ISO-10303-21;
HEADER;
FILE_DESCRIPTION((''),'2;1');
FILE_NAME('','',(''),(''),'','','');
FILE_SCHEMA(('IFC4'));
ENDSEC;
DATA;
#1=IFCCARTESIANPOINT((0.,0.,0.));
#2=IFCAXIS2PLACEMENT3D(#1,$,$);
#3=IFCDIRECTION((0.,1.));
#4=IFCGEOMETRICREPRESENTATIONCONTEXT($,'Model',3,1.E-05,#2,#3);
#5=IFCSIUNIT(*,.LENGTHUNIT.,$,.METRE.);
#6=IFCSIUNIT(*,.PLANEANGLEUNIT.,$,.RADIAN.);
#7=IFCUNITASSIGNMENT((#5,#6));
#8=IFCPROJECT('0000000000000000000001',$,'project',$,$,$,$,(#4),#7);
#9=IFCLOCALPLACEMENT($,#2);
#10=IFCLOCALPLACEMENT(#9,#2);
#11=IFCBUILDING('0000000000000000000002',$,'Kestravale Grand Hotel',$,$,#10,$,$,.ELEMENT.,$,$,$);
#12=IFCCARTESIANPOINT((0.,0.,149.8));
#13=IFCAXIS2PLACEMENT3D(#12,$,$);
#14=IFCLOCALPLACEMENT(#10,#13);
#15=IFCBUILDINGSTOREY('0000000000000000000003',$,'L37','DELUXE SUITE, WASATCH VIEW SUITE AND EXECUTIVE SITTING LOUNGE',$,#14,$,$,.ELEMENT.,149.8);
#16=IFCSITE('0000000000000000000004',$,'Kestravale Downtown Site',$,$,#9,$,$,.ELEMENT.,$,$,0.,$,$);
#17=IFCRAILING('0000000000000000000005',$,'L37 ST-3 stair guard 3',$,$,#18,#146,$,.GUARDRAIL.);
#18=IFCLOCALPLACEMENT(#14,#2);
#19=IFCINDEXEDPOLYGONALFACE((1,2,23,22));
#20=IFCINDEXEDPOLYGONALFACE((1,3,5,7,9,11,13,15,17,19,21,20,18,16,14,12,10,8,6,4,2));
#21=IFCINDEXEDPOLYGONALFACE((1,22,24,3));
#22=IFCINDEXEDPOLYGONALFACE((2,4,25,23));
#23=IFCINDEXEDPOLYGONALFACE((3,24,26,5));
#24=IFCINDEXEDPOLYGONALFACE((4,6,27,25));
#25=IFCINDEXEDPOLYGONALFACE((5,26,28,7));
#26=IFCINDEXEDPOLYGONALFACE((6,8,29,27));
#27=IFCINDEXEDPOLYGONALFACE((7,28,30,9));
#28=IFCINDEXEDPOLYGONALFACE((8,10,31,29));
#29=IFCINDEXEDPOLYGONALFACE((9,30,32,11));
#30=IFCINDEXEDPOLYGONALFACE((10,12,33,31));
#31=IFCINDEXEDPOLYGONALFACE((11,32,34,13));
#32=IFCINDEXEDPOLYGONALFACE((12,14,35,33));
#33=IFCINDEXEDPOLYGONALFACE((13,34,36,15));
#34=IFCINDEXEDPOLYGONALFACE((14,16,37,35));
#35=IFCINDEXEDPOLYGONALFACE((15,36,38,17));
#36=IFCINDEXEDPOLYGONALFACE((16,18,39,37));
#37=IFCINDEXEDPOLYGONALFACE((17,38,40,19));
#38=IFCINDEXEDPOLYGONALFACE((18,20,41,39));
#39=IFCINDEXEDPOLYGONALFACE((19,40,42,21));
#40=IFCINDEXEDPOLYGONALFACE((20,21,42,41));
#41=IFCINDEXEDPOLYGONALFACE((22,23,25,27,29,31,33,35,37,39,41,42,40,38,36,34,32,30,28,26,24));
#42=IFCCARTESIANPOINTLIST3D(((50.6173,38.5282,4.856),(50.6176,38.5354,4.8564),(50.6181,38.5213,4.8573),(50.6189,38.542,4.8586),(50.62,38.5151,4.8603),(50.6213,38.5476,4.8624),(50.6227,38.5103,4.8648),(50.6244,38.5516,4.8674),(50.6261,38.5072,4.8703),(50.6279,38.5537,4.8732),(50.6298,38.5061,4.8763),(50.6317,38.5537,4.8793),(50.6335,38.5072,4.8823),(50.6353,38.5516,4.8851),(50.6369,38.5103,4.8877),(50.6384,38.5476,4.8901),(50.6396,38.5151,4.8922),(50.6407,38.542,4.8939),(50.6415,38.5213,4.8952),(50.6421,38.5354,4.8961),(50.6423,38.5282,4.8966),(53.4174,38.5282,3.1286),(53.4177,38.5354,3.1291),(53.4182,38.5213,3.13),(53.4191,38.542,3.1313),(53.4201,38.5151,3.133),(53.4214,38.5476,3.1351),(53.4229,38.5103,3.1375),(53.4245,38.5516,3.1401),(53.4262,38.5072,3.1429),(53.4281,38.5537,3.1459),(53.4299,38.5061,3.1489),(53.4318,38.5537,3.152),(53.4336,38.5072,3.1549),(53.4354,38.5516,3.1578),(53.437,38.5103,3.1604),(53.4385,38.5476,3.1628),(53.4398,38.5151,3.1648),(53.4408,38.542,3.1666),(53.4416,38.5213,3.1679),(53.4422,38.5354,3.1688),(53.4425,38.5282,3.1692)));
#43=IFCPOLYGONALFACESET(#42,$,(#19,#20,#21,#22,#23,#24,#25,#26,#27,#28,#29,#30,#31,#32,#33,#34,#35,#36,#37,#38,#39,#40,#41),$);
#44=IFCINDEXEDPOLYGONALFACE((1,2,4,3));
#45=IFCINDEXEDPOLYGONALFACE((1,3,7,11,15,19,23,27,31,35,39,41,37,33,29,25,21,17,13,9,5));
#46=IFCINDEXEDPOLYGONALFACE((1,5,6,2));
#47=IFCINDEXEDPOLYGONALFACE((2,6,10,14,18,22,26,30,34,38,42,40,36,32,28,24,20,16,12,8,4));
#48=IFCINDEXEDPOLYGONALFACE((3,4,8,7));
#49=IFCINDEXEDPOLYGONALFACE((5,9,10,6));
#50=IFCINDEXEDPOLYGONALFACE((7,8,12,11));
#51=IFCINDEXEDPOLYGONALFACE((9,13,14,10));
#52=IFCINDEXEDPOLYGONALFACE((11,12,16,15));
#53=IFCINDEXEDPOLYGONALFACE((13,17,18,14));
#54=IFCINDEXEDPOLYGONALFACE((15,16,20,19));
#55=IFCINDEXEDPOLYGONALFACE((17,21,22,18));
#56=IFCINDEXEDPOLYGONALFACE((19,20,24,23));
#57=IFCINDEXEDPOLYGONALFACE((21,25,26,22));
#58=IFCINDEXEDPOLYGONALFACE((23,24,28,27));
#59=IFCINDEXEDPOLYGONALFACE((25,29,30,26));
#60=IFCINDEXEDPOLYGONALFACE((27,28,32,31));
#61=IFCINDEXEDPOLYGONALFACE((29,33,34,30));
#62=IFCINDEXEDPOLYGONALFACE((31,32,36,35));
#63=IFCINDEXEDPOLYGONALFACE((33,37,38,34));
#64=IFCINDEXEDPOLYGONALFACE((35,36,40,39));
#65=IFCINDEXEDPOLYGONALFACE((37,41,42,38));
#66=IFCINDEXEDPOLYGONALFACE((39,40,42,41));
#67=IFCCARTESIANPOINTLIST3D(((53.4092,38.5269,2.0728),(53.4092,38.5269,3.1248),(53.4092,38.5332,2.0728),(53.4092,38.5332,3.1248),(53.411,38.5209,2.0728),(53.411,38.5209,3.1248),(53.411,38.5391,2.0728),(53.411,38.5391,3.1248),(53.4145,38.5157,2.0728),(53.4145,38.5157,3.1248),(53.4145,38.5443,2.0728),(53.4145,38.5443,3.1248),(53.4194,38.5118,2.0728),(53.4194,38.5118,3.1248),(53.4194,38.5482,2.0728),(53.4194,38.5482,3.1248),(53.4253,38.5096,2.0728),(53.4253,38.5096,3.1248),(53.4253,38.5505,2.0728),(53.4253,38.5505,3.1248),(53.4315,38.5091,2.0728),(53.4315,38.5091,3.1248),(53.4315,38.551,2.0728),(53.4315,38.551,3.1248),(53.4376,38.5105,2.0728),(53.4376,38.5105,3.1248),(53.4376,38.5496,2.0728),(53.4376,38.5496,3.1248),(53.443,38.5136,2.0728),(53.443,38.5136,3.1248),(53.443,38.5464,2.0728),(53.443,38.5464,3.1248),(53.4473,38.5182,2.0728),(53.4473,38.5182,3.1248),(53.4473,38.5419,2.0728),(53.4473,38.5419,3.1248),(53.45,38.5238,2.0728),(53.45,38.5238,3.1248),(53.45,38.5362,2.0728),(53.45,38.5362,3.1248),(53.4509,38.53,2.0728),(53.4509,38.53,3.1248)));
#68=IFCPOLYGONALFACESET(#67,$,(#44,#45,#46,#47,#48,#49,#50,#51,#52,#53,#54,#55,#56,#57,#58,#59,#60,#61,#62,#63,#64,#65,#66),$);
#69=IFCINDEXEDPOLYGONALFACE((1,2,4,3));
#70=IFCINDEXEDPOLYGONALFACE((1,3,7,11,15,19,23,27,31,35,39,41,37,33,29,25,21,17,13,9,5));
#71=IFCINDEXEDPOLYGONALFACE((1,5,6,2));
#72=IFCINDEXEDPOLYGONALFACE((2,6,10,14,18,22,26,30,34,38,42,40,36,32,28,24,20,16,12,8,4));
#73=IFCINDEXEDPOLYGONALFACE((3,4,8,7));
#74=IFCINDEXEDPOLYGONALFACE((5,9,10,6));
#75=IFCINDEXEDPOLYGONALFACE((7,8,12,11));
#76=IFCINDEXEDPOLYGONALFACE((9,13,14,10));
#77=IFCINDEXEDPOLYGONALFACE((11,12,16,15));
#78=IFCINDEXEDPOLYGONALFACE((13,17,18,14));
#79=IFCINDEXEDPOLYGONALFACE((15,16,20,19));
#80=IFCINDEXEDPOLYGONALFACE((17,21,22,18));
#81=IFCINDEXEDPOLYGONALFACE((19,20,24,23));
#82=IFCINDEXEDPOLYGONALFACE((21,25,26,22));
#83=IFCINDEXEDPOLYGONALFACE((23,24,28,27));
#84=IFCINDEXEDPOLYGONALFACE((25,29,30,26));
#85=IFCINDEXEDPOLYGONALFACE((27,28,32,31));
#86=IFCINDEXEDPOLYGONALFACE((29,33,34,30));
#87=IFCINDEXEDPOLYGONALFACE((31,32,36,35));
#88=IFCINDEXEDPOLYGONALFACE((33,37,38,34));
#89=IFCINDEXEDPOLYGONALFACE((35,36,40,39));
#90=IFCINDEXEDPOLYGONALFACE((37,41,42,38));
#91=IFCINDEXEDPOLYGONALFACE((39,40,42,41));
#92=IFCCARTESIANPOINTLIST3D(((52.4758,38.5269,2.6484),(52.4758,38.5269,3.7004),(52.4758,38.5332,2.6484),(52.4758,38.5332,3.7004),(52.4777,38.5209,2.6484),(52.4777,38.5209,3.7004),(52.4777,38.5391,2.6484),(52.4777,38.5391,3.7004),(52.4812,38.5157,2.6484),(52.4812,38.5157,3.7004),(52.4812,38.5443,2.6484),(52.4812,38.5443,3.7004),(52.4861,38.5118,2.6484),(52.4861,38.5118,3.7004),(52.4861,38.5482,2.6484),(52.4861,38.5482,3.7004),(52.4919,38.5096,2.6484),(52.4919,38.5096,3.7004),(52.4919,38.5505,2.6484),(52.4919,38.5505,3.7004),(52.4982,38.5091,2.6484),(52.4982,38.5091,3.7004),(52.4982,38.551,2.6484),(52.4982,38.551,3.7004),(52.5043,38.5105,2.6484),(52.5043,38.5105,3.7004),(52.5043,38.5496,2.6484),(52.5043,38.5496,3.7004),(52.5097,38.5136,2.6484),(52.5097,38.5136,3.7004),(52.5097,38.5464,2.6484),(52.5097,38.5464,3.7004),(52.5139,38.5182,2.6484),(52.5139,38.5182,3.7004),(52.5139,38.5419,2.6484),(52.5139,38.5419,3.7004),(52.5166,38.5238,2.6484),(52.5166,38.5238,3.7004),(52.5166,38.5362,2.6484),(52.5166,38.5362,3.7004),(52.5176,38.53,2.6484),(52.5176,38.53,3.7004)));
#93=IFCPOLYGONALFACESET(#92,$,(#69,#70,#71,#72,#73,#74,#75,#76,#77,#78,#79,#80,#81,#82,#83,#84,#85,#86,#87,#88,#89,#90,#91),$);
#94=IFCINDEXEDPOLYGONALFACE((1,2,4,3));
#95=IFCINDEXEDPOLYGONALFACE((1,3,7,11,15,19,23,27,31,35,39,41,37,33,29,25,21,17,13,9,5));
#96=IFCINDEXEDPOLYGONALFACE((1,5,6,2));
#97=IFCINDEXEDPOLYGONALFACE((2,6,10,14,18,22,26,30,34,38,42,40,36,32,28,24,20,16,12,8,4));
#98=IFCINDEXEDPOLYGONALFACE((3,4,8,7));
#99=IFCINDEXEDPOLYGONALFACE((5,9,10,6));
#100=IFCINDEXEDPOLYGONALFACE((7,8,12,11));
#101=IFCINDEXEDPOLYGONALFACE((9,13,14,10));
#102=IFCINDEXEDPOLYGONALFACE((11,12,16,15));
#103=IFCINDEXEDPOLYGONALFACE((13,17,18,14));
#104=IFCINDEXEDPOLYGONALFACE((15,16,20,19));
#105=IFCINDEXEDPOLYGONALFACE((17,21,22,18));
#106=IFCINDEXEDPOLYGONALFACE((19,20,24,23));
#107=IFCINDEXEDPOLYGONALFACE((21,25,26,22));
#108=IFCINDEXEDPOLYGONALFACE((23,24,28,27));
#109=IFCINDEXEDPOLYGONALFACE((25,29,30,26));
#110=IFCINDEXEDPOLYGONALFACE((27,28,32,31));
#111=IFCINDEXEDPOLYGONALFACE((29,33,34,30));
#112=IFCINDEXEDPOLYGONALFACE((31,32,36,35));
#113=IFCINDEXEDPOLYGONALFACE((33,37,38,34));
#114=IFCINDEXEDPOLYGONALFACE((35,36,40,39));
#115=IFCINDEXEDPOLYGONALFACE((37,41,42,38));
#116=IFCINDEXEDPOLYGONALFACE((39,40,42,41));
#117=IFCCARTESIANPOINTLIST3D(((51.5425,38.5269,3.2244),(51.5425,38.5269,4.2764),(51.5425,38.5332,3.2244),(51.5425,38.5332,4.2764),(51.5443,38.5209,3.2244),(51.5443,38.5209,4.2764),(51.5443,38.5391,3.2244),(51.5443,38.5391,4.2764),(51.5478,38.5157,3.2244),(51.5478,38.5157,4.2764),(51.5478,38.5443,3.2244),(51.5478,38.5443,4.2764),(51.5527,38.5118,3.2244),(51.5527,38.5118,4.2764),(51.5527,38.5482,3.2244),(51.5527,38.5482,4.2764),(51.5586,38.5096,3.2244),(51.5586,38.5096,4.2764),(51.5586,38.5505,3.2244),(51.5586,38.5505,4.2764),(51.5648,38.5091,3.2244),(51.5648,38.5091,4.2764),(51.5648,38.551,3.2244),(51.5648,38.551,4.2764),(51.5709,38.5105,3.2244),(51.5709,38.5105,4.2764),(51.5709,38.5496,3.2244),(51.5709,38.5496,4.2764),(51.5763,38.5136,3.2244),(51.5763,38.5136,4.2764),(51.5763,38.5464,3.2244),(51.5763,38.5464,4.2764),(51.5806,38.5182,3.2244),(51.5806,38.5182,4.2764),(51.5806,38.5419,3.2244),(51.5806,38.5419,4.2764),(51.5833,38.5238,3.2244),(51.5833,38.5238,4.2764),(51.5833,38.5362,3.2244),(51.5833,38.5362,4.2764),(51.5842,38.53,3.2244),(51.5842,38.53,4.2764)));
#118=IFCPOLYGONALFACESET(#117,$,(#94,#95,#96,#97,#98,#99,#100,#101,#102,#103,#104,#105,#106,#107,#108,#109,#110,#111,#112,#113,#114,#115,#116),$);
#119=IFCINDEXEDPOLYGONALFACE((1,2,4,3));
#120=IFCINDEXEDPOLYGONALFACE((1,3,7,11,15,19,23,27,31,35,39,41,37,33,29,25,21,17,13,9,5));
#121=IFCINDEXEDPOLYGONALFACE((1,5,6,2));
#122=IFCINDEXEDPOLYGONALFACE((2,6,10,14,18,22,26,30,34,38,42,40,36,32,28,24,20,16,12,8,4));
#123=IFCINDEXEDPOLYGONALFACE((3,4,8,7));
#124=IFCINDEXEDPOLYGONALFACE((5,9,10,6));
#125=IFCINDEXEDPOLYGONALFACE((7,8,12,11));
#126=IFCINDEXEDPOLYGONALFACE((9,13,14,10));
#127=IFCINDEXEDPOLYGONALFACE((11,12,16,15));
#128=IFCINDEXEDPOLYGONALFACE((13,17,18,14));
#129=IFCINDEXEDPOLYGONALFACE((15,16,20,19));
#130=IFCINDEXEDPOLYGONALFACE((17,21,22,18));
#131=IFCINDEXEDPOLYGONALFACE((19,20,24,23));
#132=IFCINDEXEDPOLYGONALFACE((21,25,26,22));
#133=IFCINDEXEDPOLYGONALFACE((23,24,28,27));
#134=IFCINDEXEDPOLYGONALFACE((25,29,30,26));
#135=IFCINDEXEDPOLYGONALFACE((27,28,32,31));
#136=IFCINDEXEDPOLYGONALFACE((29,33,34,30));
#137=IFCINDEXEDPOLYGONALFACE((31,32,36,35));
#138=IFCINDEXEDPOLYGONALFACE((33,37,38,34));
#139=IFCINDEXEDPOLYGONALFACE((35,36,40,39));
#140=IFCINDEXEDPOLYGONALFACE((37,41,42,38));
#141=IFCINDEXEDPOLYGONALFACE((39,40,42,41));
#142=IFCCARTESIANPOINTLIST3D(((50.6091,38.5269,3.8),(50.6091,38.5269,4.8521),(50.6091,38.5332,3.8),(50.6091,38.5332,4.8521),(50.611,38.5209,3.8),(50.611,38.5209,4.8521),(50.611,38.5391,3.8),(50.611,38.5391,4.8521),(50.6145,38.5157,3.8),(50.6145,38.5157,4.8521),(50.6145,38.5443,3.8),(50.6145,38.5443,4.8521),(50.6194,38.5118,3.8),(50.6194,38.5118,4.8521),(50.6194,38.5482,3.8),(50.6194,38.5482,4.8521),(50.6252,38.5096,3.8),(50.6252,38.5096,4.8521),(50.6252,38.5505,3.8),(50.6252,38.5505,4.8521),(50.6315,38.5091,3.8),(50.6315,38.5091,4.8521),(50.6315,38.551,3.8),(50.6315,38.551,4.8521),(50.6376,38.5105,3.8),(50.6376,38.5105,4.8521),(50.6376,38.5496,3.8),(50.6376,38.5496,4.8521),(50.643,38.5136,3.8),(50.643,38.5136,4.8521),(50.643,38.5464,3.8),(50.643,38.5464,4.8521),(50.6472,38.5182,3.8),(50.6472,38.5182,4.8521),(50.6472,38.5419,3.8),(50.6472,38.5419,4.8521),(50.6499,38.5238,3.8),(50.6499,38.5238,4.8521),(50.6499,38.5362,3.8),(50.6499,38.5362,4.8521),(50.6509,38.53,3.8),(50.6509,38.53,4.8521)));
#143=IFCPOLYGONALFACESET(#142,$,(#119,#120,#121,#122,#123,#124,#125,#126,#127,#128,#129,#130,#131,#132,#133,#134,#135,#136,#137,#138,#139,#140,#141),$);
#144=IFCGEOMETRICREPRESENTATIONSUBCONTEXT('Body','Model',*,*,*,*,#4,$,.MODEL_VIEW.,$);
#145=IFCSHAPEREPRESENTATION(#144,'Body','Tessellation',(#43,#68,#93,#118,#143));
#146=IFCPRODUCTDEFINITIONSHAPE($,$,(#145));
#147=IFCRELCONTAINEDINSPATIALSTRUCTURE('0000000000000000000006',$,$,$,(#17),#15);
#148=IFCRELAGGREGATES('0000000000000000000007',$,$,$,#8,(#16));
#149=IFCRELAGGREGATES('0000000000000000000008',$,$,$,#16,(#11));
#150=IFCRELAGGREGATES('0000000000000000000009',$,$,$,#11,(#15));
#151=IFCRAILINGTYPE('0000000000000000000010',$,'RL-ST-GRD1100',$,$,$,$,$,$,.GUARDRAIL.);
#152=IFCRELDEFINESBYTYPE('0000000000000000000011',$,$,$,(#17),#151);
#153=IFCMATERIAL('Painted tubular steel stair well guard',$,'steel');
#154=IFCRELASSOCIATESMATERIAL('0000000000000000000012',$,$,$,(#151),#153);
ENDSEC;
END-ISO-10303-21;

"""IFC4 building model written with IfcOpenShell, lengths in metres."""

from ifc_helpers import new_model, si_unit, direction, frame, origin, origin_2d, place, context, subcontext, project, spatial, circle, extrude, material, type_object, element, save


model = new_model("IFC4")

# Units and contexts
model_context = context("Model", 3, precision=1e-05, world=origin(), true_north=direction((0.0, 1.0)))
body_context = subcontext(model_context, "Body", "Model", "MODEL_VIEW")
ifc_project = project(units=[si_unit("LENGTHUNIT", "METRE"), si_unit("PLANEANGLEUNIT", "RADIAN")], contexts=[model_context])

# Site, building, storey
site_placement = place(None, origin())
site = spatial("IfcSite", under=ifc_project, at=site_placement, Name="Kestravale Downtown Site", CompositionType="ELEMENT", RefElevation=0.0)
building_placement = place(site_placement, origin())
building = spatial("IfcBuilding", under=site, at=building_placement, Name="Kestravale Grand Hotel", CompositionType="ELEMENT")
storey_placement = place(building_placement, frame((0.0, 0.0, 149.8)))
storey = spatial("IfcBuildingStorey", under=building, at=storey_placement, Name="L37", Description="DELUXE SUITE, WASATCH VIEW SUITE AND EXECUTIVE SITTING LOUNGE", CompositionType="ELEMENT", Elevation=149.8)

# Railing
ifc_material_1 = material(Name="Painted tubular steel stair well guard", Category="steel")
railing_type_1 = type_object("IfcRailingType", Name="RL-ST-GRD1100", PredefinedType="GUARDRAIL", material=ifc_material_1)
railing_1_placement = place(storey_placement, frame((53.4299, 38.53, 2.0728)))
element("IfcRailing", 1, at=railing_1_placement, inside=storey, type_object=railing_type_1, Name="L37 ST-3 stair guard 3", PredefinedType="GUARDRAIL", context=body_context, shape_type="SweptSolid", body=[
    extrude(circle(Radius=0.0239, at=origin_2d()), frame((0.0, 0.0, 1.0762), z_axis=(-0.85109, 0.0, 0.52502), x_axis=(0.0, -1.0, 0.0)), (0.0, 0.0, 1.0), 3.29),
    extrude(circle(Radius=0.021, at=origin_2d()), origin(), (0.0, 0.0, 1.0), 1.052),
    extrude(circle(Radius=0.021, at=origin_2d()), frame((-0.9333, 0.0, 0.5757)), (0.0, 0.0, 1.0), 1.052),
    extrude(circle(Radius=0.021, at=origin_2d()), frame((-1.8667, 0.0, 1.1516)), (0.0, 0.0, 1.0), 1.052),
    extrude(circle(Radius=0.021, at=origin_2d()), frame((-2.8, 0.0, 1.7273)), (0.0, 0.0, 1.0), 1.052),
])

save(model, "model.ifc")
